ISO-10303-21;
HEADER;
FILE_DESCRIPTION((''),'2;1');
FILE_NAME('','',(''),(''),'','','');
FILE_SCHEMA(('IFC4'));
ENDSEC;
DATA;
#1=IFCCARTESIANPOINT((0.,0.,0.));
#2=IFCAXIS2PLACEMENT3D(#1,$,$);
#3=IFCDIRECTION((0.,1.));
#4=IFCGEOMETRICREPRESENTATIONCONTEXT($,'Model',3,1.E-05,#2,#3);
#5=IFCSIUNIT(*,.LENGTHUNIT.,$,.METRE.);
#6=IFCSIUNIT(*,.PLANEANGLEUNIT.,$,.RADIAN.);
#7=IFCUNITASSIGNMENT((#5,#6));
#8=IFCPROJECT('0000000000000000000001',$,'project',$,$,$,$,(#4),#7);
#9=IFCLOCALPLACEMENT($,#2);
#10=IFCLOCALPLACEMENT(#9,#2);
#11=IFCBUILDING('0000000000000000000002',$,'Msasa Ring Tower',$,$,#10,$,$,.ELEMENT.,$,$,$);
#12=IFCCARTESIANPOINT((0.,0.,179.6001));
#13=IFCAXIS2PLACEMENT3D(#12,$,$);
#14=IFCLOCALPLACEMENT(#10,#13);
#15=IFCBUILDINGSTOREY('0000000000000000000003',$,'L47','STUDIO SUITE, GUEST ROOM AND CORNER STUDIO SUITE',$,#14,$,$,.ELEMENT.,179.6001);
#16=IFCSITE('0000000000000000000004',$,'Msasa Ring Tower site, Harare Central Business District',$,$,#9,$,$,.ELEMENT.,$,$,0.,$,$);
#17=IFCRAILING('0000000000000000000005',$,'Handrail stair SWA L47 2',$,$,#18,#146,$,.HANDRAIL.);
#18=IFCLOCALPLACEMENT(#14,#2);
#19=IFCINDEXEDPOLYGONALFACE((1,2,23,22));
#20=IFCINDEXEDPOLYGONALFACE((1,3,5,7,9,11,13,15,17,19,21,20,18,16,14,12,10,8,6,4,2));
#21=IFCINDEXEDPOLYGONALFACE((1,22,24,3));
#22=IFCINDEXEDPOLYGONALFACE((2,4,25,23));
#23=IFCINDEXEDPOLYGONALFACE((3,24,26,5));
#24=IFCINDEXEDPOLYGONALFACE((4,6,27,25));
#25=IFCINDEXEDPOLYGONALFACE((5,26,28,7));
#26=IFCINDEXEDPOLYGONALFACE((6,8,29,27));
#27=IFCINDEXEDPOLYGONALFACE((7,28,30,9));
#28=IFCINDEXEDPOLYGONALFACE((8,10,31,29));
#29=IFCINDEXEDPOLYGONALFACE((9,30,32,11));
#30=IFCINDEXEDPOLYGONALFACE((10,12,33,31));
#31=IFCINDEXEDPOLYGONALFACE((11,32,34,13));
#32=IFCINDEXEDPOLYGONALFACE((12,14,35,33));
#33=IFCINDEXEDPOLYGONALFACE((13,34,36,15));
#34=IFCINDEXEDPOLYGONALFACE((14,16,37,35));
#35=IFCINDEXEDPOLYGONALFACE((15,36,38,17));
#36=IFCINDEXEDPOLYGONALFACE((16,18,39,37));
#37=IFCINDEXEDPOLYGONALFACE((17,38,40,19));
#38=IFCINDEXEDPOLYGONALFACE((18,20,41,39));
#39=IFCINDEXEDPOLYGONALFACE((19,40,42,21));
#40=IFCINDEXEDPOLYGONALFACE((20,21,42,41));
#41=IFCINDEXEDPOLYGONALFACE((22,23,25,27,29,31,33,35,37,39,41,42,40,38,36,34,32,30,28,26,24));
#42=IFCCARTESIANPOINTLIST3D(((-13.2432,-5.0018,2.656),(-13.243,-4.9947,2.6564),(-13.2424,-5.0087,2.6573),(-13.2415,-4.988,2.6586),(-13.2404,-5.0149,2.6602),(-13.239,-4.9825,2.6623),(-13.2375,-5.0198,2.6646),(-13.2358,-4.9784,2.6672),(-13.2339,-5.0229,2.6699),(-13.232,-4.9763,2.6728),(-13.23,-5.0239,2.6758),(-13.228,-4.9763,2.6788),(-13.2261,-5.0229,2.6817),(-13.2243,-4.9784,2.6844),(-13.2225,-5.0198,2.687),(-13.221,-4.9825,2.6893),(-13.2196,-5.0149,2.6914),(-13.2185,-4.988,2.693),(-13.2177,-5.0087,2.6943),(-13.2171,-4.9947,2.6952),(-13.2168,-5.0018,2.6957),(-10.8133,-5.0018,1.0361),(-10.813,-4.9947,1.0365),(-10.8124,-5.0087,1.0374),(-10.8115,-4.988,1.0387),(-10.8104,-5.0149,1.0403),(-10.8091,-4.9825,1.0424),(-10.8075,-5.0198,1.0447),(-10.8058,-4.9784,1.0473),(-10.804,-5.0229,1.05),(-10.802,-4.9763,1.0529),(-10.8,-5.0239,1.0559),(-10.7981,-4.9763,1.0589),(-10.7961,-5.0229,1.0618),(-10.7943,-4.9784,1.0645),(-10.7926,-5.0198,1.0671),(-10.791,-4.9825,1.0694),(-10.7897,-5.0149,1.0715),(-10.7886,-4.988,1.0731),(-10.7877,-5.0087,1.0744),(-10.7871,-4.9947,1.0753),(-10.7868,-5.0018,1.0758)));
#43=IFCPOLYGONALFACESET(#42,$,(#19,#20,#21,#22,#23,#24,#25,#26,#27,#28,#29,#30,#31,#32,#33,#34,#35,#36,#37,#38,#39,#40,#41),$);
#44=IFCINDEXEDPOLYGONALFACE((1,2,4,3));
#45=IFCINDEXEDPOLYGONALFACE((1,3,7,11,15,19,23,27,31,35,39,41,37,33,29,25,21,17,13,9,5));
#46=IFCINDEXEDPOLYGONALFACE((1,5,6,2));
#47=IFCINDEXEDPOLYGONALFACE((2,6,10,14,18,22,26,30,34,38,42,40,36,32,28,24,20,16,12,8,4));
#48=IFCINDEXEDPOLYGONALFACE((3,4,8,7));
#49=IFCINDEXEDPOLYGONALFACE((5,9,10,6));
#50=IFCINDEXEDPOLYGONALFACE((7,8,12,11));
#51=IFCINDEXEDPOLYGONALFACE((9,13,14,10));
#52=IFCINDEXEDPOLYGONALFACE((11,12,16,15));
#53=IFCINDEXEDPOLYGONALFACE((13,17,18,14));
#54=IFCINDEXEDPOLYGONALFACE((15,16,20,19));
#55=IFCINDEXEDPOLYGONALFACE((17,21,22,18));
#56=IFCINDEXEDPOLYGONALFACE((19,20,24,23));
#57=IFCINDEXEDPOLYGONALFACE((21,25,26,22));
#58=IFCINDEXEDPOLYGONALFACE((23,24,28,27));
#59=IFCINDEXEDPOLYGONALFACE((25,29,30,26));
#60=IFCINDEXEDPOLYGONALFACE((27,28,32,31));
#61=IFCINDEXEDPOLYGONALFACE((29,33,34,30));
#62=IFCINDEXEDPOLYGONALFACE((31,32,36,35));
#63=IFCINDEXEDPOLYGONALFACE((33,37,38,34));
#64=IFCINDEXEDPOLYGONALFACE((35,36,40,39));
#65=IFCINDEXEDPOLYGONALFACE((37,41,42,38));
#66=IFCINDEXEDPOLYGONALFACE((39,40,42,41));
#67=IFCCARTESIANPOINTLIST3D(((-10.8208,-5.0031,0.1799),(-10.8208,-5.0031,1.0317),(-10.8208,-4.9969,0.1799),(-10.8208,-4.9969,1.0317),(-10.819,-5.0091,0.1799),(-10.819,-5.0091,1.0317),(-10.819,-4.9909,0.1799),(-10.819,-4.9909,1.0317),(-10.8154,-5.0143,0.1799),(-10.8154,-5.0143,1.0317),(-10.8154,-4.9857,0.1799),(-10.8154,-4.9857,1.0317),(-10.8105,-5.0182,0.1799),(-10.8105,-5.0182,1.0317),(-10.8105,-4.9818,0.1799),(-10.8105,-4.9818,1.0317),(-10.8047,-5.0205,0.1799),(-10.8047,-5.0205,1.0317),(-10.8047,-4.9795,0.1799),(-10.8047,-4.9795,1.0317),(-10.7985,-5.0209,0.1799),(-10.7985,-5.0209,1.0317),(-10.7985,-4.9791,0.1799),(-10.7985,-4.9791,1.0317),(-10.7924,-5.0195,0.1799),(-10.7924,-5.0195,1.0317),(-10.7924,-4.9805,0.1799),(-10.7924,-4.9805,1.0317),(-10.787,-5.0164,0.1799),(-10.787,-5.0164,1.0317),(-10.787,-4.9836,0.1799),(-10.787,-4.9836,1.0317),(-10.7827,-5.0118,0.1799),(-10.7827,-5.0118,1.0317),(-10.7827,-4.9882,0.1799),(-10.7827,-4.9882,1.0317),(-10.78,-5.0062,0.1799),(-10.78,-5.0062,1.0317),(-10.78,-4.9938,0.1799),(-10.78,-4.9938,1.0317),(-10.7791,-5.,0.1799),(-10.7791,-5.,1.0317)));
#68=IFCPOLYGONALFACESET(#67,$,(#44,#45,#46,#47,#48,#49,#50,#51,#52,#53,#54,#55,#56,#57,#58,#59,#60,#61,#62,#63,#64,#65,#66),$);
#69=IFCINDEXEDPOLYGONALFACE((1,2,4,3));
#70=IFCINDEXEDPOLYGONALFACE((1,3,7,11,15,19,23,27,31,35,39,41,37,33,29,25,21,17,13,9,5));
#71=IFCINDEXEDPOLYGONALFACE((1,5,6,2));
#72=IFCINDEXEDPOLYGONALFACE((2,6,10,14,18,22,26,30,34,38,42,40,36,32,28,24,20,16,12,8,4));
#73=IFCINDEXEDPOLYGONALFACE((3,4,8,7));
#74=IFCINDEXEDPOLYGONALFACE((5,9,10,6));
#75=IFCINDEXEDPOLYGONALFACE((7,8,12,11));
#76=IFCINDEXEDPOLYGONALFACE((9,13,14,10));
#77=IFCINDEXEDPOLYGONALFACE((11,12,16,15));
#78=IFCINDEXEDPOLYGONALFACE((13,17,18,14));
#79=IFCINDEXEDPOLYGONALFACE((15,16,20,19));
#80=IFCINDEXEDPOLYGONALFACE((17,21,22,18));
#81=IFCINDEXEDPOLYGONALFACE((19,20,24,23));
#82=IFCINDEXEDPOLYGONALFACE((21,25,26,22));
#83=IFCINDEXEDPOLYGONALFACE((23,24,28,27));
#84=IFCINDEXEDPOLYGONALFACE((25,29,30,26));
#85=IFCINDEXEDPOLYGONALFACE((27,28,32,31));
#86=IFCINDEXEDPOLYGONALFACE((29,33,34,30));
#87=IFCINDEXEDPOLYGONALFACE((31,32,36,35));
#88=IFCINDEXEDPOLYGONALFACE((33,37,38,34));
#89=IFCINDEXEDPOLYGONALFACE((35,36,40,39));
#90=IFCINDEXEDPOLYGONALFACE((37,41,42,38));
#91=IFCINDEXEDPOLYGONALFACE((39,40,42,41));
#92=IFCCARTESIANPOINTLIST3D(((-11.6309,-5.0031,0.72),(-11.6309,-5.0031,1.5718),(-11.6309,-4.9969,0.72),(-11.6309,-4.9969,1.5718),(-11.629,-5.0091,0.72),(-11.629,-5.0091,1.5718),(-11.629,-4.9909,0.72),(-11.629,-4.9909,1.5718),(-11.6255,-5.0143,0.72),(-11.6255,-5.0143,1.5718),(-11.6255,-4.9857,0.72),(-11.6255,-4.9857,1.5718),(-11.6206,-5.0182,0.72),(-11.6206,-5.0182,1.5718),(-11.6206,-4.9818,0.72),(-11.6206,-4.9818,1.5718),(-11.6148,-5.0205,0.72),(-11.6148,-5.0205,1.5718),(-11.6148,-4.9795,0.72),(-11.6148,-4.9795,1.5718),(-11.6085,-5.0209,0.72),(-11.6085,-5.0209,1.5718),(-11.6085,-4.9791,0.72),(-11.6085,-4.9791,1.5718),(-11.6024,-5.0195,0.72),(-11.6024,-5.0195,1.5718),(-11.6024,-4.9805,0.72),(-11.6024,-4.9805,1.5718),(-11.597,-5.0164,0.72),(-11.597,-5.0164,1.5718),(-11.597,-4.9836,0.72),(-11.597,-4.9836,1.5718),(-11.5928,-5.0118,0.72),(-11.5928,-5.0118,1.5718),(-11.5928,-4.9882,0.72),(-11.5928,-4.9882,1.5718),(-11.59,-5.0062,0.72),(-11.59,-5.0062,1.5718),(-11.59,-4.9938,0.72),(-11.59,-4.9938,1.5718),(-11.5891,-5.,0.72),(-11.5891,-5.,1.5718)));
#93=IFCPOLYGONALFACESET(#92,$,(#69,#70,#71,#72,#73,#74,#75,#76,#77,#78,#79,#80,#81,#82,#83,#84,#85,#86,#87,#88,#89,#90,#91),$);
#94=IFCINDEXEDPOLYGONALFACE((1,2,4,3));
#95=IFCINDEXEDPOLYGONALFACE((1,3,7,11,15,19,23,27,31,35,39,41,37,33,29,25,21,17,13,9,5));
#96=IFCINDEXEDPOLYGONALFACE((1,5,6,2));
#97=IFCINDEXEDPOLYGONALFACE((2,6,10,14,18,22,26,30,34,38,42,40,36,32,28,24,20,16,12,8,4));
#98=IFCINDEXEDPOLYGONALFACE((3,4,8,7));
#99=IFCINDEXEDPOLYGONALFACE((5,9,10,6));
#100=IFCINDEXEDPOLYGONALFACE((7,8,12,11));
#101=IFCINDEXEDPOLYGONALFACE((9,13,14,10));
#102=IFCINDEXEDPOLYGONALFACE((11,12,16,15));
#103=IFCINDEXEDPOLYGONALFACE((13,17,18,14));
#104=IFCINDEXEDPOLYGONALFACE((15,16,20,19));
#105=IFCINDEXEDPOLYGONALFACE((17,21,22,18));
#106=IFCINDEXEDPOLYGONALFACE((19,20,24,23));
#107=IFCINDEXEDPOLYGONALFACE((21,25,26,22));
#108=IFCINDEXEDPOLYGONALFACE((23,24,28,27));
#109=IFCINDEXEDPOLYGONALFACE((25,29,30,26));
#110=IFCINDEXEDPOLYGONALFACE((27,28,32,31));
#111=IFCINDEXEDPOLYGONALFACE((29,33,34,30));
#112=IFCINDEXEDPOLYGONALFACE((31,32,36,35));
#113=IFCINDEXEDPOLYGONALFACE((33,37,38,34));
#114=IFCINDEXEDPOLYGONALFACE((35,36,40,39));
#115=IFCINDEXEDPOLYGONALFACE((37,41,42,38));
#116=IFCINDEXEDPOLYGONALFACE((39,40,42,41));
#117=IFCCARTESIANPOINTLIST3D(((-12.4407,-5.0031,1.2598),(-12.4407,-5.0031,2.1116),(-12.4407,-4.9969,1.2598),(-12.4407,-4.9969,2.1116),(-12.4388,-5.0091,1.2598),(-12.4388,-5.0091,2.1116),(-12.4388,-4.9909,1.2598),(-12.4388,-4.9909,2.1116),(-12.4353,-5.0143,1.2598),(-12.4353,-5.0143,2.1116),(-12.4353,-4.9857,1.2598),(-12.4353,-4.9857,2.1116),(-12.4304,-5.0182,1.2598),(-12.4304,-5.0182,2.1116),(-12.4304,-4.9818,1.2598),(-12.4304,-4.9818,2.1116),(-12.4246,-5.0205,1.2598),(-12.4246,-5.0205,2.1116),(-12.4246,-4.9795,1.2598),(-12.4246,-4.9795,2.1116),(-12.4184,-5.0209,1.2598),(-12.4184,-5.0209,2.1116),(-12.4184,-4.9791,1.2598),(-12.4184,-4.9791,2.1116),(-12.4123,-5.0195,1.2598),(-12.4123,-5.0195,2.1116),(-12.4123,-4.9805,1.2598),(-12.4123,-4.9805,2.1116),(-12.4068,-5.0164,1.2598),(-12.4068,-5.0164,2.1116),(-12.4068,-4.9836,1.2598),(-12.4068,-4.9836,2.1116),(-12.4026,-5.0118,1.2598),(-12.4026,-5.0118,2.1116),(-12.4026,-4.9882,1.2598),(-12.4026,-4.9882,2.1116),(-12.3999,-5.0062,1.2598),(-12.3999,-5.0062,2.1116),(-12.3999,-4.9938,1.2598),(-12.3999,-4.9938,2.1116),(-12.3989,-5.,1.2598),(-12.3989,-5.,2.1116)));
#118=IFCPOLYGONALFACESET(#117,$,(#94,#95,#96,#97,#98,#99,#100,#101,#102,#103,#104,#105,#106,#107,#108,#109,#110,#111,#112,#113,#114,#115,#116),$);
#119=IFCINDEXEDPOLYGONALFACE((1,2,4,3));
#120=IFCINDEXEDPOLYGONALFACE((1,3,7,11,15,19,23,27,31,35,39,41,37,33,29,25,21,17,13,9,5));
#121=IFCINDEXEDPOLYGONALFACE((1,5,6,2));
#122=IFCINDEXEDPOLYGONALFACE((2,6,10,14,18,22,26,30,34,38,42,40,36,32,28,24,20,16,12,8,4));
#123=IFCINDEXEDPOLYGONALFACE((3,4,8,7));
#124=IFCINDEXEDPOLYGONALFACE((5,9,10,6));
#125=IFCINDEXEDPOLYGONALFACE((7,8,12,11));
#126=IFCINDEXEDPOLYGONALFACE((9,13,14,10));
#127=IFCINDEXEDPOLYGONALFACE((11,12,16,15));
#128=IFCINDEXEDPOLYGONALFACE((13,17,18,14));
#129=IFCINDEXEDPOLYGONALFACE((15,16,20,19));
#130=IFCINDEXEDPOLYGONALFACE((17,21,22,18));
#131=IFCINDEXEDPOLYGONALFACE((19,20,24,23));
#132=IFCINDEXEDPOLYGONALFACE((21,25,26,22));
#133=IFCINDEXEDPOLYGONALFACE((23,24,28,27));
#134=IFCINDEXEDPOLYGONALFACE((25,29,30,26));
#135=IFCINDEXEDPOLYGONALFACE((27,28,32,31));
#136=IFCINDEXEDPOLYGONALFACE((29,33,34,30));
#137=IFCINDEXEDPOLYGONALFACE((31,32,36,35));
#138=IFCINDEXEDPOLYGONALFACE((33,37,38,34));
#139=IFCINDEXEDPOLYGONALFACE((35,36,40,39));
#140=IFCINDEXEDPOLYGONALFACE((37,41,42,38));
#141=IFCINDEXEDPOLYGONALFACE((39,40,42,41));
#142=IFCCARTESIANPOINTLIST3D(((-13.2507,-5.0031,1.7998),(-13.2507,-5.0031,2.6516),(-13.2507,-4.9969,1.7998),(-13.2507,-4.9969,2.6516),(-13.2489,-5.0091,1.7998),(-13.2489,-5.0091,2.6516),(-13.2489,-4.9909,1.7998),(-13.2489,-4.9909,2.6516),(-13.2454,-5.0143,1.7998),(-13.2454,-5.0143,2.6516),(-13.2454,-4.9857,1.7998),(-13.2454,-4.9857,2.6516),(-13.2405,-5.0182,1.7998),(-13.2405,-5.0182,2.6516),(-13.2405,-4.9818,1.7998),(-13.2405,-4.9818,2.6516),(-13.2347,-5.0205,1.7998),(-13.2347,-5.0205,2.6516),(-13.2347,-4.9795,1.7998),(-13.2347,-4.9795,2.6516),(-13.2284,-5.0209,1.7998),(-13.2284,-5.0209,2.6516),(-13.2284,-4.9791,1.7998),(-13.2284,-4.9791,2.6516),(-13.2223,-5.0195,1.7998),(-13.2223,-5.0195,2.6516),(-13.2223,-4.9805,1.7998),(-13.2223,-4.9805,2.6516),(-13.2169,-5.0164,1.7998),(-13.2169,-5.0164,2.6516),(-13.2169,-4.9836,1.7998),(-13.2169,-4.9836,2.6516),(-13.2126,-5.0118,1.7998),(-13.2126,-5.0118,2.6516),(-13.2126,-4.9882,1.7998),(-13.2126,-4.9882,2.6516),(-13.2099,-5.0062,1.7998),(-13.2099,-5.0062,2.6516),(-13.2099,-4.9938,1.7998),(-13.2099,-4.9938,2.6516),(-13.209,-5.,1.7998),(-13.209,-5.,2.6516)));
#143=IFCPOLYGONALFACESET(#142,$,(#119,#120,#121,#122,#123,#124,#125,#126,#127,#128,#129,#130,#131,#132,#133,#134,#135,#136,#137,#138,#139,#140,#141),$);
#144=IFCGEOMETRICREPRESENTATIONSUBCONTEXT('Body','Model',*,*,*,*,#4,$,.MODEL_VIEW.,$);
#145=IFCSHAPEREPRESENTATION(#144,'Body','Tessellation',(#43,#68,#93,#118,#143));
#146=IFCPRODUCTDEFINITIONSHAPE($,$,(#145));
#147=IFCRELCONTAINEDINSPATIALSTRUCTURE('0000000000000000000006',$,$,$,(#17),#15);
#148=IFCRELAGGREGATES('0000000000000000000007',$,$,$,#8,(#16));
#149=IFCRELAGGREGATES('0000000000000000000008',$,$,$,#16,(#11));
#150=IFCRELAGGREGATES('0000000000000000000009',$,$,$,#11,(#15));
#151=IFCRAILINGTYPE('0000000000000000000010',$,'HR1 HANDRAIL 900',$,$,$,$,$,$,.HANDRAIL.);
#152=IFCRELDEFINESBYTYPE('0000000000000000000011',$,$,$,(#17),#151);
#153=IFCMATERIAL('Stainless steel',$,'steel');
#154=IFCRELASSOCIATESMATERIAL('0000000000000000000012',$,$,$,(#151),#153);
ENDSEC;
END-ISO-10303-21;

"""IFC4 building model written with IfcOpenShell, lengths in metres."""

from ifc_helpers import new_model, si_unit, direction, frame, origin, origin_2d, place, context, subcontext, project, spatial, circle, extrude, material, type_object, element, save


model = new_model("IFC4")

# Units and contexts
model_context = context("Model", 3, precision=1e-05, world=origin(), true_north=direction((0.0, 1.0)))
body_context = subcontext(model_context, "Body", "Model", "MODEL_VIEW")
ifc_project = project(units=[si_unit("LENGTHUNIT", "METRE"), si_unit("PLANEANGLEUNIT", "RADIAN")], contexts=[model_context])

# Site, building, storey
site_placement = place(None, origin())
site = spatial("IfcSite", under=ifc_project, at=site_placement, Name="Msasa Ring Tower site, Harare Central Business District", CompositionType="ELEMENT", RefElevation=0.0)
building_placement = place(site_placement, origin())
building = spatial("IfcBuilding", under=site, at=building_placement, Name="Msasa Ring Tower", CompositionType="ELEMENT")
storey_placement = place(building_placement, frame((0.0, 0.0, 179.6001)))
storey = spatial("IfcBuildingStorey", under=building, at=storey_placement, Name="L47", Description="STUDIO SUITE, GUEST ROOM AND CORNER STUDIO SUITE", CompositionType="ELEMENT", Elevation=179.6001)

# Railing
ifc_material_1 = material(Name="Stainless steel", Category="steel")
railing_type = type_object("IfcRailingType", Name="HR1 HANDRAIL 900", PredefinedType="HANDRAIL", material=ifc_material_1)
for number, where, name in (
    (1, (-10.8, -5.0, 0.1799), "Handrail stair SWA L47 2"),
):
    element("IfcRailing", number, at=place(storey_placement, frame(where)), inside=storey, type_object=railing_type, Name=name, PredefinedType="HANDRAIL", context=body_context, shape_type="SweptSolid", body=[
        extrude(circle(Radius=0.0239, at=origin_2d()), frame((0.0, 0.0, 0.876), z_axis=(-0.832063, 0.0, 0.554681), x_axis=(0.0, -1.0, 0.0)), (0.0, 0.0, 1.0), 2.9204),
        extrude(circle(Radius=0.021, at=origin_2d()), origin(), (0.0, 0.0, 1.0), 0.8518),
        extrude(circle(Radius=0.021, at=origin_2d()), frame((-0.8101, 0.0, 0.54)), (0.0, 0.0, 1.0), 0.8518),
        extrude(circle(Radius=0.021, at=origin_2d()), frame((-1.6199, 0.0, 1.0798)), (0.0, 0.0, 1.0), 0.8518),
        extrude(circle(Radius=0.021, at=origin_2d()), frame((-2.4299, 0.0, 1.6199)), (0.0, 0.0, 1.0), 0.8518),
    ])

save(model, "model.ifc")
